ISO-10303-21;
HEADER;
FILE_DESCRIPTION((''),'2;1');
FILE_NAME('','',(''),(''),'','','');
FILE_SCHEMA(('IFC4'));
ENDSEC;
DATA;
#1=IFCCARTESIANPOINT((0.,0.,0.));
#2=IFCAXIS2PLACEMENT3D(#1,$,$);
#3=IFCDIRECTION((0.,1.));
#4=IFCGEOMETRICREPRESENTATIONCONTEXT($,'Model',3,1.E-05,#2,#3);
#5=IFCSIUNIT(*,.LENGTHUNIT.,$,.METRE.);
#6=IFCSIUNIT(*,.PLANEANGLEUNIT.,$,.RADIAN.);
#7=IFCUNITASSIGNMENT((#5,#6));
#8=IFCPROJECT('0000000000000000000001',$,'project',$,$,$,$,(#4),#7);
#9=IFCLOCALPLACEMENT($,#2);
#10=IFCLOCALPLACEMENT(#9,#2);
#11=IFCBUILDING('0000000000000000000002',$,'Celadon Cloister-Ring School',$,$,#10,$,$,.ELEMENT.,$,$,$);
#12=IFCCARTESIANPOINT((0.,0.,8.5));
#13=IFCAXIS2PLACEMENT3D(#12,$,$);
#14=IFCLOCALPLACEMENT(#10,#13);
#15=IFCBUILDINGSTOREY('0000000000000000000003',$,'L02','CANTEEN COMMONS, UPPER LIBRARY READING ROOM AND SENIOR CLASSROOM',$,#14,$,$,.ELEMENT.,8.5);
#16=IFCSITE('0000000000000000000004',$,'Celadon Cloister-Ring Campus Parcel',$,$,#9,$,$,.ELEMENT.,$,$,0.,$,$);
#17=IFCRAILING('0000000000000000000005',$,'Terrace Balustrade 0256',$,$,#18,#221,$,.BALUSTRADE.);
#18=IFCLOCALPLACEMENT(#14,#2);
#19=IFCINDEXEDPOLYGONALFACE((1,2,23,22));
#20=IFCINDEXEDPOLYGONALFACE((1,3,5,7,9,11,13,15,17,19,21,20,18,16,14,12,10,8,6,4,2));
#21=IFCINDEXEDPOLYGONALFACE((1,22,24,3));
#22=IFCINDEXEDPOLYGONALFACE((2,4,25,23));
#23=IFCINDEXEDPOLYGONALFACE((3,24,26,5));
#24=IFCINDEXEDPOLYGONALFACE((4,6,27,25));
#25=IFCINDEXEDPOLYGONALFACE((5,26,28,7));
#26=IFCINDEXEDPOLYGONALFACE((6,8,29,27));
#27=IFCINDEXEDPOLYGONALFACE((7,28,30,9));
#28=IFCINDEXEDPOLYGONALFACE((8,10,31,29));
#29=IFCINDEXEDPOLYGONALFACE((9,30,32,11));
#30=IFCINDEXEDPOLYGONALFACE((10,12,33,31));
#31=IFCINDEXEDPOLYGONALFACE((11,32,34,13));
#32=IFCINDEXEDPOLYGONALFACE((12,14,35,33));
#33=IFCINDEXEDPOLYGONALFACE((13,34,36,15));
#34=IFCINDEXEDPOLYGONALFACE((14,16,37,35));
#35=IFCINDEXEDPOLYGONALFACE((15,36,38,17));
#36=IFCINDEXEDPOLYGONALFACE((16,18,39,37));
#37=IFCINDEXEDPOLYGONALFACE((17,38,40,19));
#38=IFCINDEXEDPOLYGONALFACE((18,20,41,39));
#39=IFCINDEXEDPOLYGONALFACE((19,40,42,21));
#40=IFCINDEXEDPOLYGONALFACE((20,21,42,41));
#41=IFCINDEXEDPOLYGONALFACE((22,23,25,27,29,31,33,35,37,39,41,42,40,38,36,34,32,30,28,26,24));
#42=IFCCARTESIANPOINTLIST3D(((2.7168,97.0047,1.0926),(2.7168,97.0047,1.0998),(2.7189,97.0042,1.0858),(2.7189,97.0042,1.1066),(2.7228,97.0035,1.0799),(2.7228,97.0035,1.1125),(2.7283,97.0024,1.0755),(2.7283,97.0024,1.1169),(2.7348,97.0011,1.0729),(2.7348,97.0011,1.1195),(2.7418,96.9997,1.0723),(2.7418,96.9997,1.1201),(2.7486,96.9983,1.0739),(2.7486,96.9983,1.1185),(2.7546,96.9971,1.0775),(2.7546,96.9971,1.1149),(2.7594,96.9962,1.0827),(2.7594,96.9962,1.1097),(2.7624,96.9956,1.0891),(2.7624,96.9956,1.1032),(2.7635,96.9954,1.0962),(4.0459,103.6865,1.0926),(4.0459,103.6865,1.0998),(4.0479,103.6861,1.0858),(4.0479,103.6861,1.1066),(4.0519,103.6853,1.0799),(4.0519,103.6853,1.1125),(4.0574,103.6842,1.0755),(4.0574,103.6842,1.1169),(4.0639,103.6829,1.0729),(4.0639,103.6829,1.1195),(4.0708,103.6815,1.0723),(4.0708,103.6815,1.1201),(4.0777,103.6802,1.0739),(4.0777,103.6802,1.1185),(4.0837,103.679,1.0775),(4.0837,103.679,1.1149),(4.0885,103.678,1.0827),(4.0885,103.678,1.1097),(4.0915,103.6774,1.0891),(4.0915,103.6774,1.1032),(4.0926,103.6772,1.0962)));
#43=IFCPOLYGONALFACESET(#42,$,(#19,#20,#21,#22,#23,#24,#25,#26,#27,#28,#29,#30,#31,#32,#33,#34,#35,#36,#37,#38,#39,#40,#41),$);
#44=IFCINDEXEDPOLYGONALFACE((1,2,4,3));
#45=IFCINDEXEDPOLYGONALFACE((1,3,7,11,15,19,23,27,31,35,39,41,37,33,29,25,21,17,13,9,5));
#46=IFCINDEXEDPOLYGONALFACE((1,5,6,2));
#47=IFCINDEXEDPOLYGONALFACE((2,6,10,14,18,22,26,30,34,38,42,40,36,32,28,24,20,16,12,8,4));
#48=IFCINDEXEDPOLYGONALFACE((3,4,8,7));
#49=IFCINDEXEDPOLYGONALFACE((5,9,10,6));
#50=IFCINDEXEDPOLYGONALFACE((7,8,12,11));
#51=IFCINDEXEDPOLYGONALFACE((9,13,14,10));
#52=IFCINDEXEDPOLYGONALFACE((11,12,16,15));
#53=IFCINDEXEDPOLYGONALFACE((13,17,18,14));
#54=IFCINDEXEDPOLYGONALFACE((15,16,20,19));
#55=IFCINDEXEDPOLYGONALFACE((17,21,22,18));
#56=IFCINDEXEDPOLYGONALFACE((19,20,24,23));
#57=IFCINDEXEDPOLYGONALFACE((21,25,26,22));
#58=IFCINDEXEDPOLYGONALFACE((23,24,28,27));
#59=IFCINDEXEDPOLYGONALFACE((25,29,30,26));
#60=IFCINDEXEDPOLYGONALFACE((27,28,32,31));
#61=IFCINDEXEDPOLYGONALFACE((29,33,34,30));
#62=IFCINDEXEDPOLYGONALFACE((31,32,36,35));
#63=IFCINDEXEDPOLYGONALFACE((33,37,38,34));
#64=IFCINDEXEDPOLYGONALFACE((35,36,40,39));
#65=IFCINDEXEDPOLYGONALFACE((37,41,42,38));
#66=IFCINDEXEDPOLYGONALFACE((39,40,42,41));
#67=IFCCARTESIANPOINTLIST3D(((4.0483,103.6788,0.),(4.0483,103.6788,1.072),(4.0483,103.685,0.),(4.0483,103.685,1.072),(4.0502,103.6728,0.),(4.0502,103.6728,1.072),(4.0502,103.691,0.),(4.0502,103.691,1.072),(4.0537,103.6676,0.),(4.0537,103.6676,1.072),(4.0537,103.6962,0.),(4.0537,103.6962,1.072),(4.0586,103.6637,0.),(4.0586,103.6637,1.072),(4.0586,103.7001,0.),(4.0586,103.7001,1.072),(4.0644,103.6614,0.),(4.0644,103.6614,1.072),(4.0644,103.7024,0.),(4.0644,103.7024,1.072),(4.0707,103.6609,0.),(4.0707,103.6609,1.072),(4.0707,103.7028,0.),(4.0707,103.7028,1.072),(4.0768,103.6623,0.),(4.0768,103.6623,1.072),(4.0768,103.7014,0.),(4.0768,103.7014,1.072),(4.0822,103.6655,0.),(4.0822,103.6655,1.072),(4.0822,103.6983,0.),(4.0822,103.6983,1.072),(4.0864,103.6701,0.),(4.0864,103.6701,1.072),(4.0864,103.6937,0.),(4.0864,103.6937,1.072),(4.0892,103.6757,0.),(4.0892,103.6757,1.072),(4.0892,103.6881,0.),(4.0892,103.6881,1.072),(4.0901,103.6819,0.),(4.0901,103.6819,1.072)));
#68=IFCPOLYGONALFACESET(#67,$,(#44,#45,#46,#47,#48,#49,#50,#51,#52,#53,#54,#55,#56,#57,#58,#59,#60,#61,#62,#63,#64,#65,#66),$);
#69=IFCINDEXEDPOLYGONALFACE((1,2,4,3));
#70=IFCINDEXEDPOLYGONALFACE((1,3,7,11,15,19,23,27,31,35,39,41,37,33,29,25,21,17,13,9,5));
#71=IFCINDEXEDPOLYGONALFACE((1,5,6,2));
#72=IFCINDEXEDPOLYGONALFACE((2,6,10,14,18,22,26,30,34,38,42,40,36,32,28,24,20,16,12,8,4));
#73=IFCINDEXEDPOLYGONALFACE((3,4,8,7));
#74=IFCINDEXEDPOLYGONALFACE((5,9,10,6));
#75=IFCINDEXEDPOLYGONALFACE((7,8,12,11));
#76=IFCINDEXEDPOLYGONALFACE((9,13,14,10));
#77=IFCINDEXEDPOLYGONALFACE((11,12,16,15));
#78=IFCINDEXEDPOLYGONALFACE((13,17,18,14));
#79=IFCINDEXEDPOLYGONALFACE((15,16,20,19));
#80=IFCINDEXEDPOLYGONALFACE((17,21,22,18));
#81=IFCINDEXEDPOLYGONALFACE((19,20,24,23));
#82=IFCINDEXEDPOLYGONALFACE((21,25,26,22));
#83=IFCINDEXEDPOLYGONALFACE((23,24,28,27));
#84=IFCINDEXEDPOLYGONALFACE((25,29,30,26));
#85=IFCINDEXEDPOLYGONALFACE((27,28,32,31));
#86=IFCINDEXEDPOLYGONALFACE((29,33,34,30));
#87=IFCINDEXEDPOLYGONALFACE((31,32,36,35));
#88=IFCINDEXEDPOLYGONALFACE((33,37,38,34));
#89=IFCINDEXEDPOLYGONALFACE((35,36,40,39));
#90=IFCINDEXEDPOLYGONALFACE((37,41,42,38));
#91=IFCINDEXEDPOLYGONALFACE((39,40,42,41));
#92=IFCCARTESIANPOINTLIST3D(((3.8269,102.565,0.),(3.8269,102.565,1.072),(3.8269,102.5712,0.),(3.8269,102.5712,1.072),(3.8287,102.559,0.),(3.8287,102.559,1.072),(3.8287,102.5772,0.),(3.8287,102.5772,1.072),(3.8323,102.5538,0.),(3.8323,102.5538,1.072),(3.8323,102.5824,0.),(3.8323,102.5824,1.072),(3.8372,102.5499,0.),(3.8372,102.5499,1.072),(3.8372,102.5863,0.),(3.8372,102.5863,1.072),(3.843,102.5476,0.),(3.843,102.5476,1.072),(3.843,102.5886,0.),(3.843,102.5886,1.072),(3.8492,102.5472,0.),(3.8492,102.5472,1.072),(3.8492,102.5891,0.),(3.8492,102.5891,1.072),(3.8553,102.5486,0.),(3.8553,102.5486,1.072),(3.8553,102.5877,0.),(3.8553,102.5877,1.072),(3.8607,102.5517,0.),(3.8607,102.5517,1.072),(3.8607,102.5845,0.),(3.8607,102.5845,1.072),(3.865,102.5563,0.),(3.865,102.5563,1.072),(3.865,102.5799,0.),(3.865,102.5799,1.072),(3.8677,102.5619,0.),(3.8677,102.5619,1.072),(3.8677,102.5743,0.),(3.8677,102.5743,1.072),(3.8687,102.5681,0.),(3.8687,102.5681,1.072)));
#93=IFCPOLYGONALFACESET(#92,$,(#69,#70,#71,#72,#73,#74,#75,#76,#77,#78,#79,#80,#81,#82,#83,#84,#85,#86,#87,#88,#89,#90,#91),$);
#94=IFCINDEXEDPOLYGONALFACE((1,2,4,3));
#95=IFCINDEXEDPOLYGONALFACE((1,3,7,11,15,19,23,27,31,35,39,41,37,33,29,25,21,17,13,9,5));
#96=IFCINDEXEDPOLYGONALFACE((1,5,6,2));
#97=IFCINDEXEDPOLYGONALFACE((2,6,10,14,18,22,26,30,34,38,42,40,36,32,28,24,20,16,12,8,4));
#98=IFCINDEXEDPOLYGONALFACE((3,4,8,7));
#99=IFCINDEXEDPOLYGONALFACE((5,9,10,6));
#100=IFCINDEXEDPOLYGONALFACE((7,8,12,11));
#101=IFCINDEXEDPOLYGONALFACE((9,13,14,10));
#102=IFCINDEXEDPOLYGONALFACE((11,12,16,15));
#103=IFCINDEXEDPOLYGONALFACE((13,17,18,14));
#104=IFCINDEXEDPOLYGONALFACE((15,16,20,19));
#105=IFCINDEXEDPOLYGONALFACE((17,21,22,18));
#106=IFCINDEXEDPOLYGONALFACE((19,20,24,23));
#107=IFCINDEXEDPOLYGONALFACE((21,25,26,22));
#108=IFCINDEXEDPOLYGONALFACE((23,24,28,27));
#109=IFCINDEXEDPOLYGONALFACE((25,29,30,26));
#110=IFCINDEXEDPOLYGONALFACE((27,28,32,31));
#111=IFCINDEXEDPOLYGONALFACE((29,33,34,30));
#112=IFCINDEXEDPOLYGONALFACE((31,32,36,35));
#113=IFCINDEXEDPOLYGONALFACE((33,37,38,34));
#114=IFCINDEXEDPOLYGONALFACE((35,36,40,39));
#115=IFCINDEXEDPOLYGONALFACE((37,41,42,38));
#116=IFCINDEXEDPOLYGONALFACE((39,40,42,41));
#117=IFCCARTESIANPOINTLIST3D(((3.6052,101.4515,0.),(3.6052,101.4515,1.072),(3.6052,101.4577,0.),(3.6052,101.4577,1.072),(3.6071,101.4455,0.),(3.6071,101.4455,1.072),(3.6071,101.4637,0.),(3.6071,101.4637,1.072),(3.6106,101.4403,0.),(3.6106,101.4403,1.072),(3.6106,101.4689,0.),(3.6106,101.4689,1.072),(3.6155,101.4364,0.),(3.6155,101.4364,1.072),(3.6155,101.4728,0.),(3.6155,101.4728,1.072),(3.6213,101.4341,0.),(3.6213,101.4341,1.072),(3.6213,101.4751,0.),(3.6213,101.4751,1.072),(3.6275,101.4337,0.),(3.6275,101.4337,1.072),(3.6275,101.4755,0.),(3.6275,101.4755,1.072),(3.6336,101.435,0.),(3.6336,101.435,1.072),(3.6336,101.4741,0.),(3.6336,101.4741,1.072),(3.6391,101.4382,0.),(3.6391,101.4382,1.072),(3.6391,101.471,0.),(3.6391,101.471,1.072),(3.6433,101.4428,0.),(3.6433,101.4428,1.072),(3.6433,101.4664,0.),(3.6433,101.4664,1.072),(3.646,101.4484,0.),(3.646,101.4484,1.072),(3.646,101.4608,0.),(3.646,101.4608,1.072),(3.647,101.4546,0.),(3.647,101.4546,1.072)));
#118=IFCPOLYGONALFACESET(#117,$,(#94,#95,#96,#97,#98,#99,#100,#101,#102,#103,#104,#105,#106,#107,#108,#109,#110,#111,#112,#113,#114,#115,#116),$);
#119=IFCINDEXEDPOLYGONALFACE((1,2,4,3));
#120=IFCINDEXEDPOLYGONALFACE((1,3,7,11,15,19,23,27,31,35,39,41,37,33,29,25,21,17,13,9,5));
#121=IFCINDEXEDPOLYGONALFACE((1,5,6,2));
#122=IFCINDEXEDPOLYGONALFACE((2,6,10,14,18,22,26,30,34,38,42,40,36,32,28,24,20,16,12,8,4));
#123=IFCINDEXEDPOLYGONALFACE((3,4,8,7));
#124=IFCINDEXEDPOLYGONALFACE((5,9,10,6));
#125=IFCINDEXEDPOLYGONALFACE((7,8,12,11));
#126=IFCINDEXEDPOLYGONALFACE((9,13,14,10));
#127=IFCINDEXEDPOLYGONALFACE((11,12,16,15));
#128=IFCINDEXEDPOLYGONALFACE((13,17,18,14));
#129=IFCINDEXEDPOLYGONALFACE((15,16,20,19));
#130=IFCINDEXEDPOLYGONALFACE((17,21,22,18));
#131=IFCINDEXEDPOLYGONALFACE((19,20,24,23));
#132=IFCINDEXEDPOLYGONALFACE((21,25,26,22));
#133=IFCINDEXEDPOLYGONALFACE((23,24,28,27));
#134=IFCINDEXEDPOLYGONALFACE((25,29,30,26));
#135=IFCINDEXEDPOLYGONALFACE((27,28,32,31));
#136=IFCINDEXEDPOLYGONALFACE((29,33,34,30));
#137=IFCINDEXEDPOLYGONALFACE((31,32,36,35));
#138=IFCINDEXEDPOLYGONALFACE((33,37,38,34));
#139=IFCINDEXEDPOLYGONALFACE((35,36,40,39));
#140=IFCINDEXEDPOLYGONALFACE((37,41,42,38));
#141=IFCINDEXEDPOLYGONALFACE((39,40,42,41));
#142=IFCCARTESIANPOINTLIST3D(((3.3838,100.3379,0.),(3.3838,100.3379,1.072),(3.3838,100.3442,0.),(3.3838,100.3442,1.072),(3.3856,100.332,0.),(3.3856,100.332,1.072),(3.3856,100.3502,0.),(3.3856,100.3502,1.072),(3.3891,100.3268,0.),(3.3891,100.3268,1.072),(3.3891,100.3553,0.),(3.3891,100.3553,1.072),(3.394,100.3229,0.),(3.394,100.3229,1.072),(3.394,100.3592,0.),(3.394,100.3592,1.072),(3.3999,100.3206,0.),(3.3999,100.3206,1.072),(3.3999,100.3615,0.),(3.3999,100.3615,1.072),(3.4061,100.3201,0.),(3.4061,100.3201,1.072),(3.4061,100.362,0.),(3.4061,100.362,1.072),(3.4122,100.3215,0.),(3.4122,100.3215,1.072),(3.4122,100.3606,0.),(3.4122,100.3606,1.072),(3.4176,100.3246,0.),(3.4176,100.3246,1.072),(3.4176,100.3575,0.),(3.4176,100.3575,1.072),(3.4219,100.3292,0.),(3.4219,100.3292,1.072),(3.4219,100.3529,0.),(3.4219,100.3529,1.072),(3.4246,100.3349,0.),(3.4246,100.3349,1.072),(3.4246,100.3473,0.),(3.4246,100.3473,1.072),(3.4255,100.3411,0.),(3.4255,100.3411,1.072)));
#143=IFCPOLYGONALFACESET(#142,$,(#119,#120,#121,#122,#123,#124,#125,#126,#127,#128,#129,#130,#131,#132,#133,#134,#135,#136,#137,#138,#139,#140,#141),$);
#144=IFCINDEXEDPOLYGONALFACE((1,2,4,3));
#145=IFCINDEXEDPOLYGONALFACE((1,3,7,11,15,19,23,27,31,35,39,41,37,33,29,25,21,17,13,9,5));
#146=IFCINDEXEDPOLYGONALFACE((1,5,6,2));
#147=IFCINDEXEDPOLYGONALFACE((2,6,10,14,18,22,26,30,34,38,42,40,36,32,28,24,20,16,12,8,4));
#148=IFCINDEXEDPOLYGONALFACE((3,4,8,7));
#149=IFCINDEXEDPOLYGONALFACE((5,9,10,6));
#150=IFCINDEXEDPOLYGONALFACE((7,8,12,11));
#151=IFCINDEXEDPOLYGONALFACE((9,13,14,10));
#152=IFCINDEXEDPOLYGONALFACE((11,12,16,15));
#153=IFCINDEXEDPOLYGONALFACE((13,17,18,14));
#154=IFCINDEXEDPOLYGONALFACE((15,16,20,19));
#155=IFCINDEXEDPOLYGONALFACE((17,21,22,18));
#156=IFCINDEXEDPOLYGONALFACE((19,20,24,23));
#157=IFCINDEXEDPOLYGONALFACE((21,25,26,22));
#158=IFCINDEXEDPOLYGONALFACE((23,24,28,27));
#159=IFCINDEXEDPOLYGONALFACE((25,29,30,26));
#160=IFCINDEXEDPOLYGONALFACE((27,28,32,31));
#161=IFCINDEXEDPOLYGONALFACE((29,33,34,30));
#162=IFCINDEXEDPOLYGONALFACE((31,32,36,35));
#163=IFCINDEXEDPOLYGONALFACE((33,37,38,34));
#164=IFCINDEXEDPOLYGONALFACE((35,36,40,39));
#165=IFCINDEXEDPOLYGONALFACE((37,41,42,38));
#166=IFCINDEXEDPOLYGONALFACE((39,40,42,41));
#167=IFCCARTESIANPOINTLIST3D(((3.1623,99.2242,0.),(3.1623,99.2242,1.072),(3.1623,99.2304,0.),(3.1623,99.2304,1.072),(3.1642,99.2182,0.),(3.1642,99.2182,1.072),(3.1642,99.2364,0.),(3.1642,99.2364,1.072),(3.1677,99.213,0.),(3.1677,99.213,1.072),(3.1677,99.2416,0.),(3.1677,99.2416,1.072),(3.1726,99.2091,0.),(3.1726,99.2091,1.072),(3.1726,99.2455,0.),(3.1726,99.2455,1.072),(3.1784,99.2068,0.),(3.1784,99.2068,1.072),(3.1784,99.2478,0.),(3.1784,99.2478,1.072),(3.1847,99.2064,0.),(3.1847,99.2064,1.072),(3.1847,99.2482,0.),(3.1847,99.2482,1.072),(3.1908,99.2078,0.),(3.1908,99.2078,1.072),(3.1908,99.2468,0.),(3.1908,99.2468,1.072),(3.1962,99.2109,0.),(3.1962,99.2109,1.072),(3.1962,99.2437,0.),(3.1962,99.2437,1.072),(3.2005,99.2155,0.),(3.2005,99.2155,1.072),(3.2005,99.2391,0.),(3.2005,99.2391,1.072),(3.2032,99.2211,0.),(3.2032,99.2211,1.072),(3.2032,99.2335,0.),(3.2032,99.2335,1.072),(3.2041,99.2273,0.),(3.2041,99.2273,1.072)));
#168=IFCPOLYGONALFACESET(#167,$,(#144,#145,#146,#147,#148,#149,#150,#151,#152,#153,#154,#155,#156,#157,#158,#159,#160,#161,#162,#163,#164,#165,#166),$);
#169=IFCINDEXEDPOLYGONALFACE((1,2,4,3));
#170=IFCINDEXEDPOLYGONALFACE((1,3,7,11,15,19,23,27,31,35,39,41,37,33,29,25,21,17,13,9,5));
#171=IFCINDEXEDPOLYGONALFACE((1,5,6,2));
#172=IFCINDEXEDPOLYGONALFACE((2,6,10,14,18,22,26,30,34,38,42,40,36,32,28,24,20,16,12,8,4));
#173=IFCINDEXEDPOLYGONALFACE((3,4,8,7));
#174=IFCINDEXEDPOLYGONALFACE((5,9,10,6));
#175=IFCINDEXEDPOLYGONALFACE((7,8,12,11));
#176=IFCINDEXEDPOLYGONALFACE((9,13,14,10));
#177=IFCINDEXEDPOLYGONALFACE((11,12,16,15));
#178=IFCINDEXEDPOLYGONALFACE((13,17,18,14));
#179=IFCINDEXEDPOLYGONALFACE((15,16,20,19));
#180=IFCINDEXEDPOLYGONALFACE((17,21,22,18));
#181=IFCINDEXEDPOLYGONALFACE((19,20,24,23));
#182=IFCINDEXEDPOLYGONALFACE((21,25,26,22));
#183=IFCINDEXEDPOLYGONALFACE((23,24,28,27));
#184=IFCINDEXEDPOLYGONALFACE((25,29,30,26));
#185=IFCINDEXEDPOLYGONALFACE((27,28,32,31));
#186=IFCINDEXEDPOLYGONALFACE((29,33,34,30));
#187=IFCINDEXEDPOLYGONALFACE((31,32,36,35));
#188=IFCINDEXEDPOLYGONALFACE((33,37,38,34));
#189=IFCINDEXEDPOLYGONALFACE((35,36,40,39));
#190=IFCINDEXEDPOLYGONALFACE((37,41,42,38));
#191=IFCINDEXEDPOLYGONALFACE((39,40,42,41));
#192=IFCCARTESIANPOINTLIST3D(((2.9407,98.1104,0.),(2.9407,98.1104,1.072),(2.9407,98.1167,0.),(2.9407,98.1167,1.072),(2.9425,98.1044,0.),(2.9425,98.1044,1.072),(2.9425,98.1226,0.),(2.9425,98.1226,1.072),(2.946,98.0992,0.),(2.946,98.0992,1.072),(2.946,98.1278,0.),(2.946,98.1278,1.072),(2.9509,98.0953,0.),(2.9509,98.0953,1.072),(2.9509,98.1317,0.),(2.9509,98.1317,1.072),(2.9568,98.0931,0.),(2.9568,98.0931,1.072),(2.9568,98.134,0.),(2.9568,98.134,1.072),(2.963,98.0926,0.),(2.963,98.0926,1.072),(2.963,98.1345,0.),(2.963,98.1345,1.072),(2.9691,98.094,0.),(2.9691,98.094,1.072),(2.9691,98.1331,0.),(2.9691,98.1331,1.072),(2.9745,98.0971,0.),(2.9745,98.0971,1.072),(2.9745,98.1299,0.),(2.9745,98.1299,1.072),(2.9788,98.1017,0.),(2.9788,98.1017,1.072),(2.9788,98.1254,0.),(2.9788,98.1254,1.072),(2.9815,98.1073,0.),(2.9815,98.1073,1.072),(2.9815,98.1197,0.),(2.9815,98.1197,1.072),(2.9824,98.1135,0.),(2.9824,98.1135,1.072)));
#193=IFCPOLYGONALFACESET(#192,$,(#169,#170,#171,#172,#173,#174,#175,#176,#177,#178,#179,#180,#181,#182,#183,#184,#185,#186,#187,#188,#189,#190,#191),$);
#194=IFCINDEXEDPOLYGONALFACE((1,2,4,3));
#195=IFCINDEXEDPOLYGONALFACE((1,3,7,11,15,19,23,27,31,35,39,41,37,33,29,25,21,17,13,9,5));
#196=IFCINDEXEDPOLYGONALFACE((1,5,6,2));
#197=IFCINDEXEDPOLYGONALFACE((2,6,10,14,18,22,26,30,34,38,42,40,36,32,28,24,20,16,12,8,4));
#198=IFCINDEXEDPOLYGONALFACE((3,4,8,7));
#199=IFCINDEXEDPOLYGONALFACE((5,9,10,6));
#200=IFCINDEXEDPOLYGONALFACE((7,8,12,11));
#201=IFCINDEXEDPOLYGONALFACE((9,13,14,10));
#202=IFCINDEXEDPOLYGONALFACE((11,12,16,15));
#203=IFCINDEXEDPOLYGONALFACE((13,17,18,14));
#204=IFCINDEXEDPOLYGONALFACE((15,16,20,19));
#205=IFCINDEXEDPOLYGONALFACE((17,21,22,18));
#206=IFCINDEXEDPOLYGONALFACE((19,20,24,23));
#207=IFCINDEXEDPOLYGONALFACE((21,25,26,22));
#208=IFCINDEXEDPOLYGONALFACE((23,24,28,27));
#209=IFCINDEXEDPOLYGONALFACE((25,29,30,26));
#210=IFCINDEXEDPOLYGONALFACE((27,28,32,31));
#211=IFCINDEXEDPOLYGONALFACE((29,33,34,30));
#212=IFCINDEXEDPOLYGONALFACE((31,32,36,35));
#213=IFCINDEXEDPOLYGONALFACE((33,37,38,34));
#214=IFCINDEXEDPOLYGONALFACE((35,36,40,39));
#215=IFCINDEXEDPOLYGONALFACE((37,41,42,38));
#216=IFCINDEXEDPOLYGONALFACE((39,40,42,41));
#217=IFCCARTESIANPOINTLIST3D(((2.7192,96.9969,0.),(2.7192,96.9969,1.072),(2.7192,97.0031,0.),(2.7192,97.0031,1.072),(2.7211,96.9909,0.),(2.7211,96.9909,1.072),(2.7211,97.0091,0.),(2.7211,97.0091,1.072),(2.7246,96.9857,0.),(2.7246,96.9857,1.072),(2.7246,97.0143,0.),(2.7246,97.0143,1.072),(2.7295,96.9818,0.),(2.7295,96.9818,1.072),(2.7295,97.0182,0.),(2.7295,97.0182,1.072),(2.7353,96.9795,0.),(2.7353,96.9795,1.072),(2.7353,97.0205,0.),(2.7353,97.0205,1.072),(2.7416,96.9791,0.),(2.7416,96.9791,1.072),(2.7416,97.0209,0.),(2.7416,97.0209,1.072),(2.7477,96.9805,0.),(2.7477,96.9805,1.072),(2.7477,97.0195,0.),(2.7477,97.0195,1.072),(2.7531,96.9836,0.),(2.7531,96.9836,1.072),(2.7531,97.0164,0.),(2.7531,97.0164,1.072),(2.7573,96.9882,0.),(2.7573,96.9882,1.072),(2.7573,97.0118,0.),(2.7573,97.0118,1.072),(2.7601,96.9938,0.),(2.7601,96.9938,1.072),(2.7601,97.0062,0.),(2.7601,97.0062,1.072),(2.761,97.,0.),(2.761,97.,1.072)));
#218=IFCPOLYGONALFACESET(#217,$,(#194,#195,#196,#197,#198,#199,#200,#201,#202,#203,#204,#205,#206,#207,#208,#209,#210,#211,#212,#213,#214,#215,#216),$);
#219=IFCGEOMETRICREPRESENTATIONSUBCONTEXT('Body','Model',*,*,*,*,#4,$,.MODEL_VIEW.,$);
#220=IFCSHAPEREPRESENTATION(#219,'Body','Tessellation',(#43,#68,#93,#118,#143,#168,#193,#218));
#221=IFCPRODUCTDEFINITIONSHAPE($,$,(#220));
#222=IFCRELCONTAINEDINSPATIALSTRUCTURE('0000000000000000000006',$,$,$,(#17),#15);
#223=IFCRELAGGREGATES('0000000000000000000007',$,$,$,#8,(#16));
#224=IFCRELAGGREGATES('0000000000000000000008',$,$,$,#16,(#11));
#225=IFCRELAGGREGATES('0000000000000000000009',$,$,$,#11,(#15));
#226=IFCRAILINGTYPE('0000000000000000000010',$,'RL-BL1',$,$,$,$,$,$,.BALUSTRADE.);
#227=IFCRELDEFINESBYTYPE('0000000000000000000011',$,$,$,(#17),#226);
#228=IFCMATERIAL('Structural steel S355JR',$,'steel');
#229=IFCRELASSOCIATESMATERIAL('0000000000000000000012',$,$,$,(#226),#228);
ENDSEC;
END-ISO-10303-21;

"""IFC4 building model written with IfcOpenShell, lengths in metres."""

from ifc_helpers import new_model, si_unit, direction, frame, origin, origin_2d, place, context, subcontext, project, spatial, circle, extrude, material, type_object, element, save


model = new_model("IFC4")

# Units and contexts
model_context = context("Model", 3, precision=1e-05, world=origin(), true_north=direction((0.0, 1.0)))
body_context = subcontext(model_context, "Body", "Model", "MODEL_VIEW")
ifc_project = project(units=[si_unit("LENGTHUNIT", "METRE"), si_unit("PLANEANGLEUNIT", "RADIAN")], contexts=[model_context])

# Site, building, storey
site_placement = place(None, origin())
site = spatial("IfcSite", under=ifc_project, at=site_placement, Name="Celadon Cloister-Ring Campus Parcel", CompositionType="ELEMENT", RefElevation=0.0)
building_placement = place(site_placement, origin())
building = spatial("IfcBuilding", under=site, at=building_placement, Name="Celadon Cloister-Ring School", CompositionType="ELEMENT")
storey_placement = place(building_placement, frame((0.0, 0.0, 8.5)))
storey = spatial("IfcBuildingStorey", under=building, at=storey_placement, Name="L02", Description="CANTEEN COMMONS, UPPER LIBRARY READING ROOM AND SENIOR CLASSROOM", CompositionType="ELEMENT", Elevation=8.5)

# Railing
ifc_material_1 = material(Name="Structural steel S355JR", Category="steel")
railing_type = type_object("IfcRailingType", Name="RL-BL1", PredefinedType="BALUSTRADE", material=ifc_material_1)
railing_1_placement = place(storey_placement, frame((4.0691, 103.6819, 0.0)))
element("IfcRailing", 1, at=railing_1_placement, inside=storey, type_object=railing_type, Name="Terrace Balustrade 0256", PredefinedType="BALUSTRADE", context=body_context, shape_type="SweptSolid", body=[
    extrude(circle(Radius=0.0239, at=origin_2d()), frame((0.0, 0.0, 1.0962), z_axis=(-0.195089, -0.980786, 0.0), x_axis=(0.980786, -0.195089, 0.0)), (0.0, 0.0, 1.0), 6.8127),
    extrude(circle(Radius=0.021, at=origin_2d()), origin(), (0.0, 0.0, 1.0), 1.072),
    extrude(circle(Radius=0.021, at=origin_2d()), frame((-0.2214, -1.1138, 0.0)), (0.0, 0.0, 1.0), 1.072),
    extrude(circle(Radius=0.021, at=origin_2d()), frame((-0.4431, -2.2273, 0.0)), (0.0, 0.0, 1.0), 1.072),
    extrude(circle(Radius=0.021, at=origin_2d()), frame((-0.6646, -3.3408, 0.0)), (0.0, 0.0, 1.0), 1.072),
    extrude(circle(Radius=0.021, at=origin_2d()), frame((-0.886, -4.4546, 0.0)), (0.0, 0.0, 1.0), 1.072),
    extrude(circle(Radius=0.021, at=origin_2d()), frame((-1.1077, -5.5684, 0.0)), (0.0, 0.0, 1.0), 1.072),
    extrude(circle(Radius=0.021, at=origin_2d()), frame((-1.3291, -6.6819, 0.0)), (0.0, 0.0, 1.0), 1.072),
])

save(model, "model.ifc")
